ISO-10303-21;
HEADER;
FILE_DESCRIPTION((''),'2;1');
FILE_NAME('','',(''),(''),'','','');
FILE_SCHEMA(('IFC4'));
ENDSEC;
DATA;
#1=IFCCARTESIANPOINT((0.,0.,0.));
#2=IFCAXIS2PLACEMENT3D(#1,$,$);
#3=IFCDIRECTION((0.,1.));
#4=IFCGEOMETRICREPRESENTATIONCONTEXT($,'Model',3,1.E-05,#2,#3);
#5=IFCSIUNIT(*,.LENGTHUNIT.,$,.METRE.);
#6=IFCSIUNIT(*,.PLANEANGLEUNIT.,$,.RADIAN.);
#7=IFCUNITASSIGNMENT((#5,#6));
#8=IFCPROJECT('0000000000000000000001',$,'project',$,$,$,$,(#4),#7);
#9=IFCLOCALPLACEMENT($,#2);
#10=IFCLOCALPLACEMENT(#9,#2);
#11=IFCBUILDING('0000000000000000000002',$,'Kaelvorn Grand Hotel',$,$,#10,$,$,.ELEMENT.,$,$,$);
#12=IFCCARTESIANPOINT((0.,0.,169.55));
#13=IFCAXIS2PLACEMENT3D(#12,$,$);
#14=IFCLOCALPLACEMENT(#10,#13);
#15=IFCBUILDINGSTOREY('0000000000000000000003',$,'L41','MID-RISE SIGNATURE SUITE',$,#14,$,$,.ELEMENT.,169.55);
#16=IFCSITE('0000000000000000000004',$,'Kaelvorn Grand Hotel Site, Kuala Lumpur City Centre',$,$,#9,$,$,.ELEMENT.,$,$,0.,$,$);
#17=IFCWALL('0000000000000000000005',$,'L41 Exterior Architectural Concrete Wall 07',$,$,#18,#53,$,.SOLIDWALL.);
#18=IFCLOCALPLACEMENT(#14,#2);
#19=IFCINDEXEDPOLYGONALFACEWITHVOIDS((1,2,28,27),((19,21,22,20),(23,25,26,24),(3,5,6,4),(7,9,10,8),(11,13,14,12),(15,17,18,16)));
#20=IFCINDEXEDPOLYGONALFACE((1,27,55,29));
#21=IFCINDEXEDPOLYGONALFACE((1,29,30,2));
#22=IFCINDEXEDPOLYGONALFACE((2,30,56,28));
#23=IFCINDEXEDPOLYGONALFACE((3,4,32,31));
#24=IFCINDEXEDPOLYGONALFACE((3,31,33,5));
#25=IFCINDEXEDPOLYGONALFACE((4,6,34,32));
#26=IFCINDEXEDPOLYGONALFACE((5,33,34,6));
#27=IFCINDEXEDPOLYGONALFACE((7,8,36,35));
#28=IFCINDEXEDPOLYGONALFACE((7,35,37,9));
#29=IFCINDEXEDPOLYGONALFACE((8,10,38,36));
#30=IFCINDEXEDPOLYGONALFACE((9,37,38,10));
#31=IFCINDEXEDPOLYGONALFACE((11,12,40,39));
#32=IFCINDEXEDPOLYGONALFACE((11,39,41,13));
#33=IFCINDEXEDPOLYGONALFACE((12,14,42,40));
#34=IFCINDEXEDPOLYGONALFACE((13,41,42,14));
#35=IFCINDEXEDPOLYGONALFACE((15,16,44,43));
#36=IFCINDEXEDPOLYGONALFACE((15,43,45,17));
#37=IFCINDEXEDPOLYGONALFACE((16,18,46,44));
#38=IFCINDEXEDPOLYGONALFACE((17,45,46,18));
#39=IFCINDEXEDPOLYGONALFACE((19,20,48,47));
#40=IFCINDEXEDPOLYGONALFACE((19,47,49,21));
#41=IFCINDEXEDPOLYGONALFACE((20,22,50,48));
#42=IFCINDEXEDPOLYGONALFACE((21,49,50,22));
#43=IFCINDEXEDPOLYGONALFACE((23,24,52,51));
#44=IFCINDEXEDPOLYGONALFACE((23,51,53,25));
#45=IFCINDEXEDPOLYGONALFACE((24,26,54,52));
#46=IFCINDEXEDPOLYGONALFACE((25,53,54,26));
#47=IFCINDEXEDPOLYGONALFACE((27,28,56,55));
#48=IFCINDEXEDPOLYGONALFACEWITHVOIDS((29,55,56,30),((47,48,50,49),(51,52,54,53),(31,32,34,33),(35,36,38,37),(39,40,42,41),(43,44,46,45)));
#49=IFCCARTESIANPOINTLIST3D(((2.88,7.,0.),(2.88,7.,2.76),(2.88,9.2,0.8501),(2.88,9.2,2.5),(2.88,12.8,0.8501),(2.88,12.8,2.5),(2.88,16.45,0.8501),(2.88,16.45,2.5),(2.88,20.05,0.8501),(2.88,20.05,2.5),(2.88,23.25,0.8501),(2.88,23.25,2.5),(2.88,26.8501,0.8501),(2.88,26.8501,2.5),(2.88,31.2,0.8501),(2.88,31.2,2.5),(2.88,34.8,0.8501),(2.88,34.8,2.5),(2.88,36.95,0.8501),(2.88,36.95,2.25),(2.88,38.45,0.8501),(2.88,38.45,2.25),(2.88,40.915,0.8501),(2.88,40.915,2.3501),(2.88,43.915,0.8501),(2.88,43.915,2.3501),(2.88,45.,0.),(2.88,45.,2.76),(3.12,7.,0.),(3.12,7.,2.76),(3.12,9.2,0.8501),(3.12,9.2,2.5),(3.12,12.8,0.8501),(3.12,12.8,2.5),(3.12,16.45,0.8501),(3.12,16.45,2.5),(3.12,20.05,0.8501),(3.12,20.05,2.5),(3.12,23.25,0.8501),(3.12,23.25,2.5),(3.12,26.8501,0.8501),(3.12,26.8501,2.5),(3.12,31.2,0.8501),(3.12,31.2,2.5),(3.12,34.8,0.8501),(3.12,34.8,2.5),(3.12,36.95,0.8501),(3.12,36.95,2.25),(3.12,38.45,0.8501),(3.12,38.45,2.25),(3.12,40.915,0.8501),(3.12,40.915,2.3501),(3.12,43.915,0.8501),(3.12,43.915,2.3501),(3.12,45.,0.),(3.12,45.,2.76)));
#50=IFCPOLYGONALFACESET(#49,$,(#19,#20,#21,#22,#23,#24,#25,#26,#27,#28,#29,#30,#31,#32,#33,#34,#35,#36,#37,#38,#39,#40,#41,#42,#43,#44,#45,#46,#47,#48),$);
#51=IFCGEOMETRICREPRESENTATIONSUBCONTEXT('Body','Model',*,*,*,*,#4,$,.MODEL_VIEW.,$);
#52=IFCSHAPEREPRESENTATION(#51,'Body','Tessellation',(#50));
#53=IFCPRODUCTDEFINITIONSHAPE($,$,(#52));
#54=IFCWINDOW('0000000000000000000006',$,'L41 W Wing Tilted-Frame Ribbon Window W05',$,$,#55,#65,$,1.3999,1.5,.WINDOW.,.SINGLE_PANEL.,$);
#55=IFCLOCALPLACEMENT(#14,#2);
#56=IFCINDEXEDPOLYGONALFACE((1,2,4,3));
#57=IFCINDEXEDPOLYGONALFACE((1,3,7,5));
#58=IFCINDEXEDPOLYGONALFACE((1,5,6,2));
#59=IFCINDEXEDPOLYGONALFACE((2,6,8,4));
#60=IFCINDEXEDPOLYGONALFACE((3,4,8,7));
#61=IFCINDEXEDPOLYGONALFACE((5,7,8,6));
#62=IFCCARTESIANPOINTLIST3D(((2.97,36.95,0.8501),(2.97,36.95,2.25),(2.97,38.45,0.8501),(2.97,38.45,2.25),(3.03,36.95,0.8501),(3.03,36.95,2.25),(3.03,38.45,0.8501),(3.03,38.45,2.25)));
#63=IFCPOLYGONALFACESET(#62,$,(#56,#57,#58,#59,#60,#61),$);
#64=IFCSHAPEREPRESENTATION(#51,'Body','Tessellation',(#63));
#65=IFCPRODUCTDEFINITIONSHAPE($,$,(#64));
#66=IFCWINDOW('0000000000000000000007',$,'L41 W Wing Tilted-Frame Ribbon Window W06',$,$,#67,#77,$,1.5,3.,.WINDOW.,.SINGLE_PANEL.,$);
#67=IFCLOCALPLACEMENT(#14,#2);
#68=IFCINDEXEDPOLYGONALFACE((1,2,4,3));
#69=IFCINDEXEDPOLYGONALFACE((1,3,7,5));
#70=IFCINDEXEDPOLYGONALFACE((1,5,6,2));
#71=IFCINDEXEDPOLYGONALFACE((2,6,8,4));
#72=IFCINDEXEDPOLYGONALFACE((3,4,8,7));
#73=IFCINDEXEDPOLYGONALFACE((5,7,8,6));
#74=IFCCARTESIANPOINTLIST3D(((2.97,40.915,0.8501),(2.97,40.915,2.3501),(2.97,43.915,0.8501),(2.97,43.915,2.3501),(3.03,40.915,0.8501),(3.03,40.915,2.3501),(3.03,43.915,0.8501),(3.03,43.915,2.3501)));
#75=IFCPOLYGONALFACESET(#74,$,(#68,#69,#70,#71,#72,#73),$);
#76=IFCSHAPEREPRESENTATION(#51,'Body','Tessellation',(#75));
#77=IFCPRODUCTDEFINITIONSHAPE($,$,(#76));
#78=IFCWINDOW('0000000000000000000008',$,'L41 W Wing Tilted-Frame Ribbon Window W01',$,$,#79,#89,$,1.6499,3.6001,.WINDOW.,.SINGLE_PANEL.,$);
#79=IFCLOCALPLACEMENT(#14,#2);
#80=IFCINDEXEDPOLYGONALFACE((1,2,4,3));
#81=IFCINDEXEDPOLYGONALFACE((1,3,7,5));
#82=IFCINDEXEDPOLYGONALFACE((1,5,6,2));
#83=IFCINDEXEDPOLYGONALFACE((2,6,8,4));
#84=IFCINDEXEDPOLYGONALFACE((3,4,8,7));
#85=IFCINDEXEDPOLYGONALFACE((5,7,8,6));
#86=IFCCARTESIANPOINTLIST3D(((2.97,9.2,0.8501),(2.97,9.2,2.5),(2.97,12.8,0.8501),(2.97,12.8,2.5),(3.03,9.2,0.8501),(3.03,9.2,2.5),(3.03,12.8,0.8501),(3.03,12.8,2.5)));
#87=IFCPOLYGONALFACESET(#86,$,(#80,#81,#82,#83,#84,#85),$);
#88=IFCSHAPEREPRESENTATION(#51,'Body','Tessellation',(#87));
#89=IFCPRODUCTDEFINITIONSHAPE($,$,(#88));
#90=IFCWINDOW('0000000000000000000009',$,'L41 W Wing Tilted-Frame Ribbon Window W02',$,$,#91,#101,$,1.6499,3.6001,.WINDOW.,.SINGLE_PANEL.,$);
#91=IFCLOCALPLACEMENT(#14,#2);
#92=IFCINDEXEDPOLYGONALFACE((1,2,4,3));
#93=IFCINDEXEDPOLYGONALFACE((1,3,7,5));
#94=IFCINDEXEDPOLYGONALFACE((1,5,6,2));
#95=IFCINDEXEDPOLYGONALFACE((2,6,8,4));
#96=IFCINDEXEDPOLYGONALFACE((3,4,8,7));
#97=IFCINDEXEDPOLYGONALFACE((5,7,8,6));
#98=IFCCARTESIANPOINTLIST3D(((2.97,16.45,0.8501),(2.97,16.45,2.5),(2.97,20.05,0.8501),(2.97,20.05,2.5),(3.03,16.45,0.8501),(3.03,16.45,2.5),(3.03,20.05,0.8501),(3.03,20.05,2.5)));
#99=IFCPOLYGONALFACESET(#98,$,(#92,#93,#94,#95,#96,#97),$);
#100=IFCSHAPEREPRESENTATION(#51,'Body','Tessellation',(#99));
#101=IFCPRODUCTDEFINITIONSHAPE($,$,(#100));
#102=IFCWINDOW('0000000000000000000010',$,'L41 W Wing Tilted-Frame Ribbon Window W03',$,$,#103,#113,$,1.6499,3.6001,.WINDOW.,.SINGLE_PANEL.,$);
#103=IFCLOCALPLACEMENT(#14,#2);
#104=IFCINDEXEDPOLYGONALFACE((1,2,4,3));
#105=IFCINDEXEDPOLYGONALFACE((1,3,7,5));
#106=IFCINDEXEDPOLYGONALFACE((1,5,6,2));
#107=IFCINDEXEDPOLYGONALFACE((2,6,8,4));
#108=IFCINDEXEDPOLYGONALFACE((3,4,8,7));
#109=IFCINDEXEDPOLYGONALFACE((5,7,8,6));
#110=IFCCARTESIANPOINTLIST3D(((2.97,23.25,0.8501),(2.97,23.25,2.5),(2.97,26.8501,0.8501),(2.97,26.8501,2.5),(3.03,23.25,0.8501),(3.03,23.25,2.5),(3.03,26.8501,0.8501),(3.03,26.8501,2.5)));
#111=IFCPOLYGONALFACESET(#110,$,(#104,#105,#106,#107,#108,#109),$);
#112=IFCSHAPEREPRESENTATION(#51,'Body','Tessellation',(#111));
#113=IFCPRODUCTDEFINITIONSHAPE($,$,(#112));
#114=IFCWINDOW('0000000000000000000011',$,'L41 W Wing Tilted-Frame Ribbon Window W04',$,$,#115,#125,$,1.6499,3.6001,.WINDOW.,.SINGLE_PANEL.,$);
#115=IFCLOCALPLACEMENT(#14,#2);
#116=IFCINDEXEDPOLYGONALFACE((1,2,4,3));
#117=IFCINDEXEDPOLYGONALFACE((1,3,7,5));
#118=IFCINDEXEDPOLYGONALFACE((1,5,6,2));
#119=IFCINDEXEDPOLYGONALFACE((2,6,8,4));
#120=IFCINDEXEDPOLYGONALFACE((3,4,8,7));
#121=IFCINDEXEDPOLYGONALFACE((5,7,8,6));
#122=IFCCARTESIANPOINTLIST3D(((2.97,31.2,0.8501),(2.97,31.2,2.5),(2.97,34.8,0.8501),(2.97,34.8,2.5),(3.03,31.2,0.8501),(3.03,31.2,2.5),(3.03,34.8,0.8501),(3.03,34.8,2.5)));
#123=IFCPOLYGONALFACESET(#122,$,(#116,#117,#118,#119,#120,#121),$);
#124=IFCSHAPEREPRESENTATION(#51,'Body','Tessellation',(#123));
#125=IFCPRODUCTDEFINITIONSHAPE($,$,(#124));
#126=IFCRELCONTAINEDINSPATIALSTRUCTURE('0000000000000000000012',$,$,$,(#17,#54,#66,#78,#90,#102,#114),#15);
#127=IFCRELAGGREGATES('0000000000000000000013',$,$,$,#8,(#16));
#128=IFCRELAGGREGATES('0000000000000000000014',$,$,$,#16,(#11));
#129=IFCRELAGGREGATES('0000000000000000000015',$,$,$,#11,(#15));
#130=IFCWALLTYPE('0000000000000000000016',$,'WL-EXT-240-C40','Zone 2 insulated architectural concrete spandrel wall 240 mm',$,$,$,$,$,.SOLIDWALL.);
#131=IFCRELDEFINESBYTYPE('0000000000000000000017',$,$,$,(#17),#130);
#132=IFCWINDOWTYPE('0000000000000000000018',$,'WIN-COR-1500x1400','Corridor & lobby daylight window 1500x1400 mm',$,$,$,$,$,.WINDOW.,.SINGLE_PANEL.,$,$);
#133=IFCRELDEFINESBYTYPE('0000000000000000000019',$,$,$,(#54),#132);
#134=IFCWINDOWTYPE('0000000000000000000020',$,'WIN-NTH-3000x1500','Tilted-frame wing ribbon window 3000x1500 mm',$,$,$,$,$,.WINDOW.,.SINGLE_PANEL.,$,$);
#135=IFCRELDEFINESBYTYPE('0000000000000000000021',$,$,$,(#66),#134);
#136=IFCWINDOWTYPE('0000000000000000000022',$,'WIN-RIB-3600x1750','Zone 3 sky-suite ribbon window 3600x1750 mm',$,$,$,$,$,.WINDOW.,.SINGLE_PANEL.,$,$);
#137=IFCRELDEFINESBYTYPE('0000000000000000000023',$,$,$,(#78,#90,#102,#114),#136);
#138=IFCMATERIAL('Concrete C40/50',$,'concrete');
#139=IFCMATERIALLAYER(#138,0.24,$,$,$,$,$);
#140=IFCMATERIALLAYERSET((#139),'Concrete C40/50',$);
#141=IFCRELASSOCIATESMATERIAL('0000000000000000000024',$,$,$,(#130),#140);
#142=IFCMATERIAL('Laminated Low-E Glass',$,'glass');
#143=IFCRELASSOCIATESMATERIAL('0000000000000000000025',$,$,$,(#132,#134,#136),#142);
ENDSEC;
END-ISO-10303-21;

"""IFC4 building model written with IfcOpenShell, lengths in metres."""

from ifc_helpers import new_model, si_unit, direction, frame, frame_2d, origin, place, context, subcontext, project, spatial, rectangle, extrude, material, layer, layer_set, type_object, element, fill, save


model = new_model("IFC4")

# Units and contexts
model_context = context("Model", 3, precision=1e-05, world=origin(), true_north=direction((0.0, 1.0)))
body_context = subcontext(model_context, "Body", "Model", "MODEL_VIEW")
ifc_project = project(units=[si_unit("LENGTHUNIT", "METRE"), si_unit("PLANEANGLEUNIT", "RADIAN")], contexts=[model_context])

# Site, building, storey
site_placement = place(None, origin())
site = spatial("IfcSite", under=ifc_project, at=site_placement, Name="Kaelvorn Grand Hotel Site, Kuala Lumpur City Centre", CompositionType="ELEMENT", RefElevation=0.0)
building_placement = place(site_placement, origin())
building = spatial("IfcBuilding", under=site, at=building_placement, Name="Kaelvorn Grand Hotel", CompositionType="ELEMENT")
storey_placement = place(building_placement, frame((0.0, 0.0, 169.55)))
storey = spatial("IfcBuildingStorey", under=building, at=storey_placement, Name="L41", Description="MID-RISE SIGNATURE SUITE", CompositionType="ELEMENT", Elevation=169.55)

# Shared definitions
ifc_material_1 = material(Name="Concrete C40/50", Category="concrete")
ifc_layer_1 = layer(ifc_material_1, 0.24)
ifc_layer_set_1 = layer_set([ifc_layer_1], Name="Concrete C40/50")
wall_type = type_object("IfcWallType", Name="WL-EXT-240-C40", Description="Zone 2 insulated architectural concrete spandrel wall 240 mm", PredefinedType="SOLIDWALL", material=ifc_layer_set_1)
ifc_material_2 = material(Name="Laminated Low-E Glass", Category="glass")

# Wall, openings, windows
wall_1_placement = place(storey_placement, frame((3.0, 45.0, 0.0), z_axis=(0.0, 0.0, 1.0), x_axis=(0.0, -1.0, 0.0)))
wall_1 = element("IfcWall", 1, at=wall_1_placement, inside=storey, type_object=wall_type, Name="L41 Exterior Architectural Concrete Wall 07", PredefinedType="SOLIDWALL", context=body_context, shape_type="SweptSolid", body=[
    extrude(rectangle(XDim=38.0, YDim=0.24, at=frame_2d((19.0, 0.0))), origin(), (0.0, 0.0, 1.0), 2.76),
])
opening_1_placement = place(wall_1_placement, frame((32.2, 0.0, 0.8501)))
opening_1 = element("IfcOpeningElement", 2, at=opening_1_placement, cuts=wall_1, PredefinedType="OPENING", context=body_context, shape_type="SweptSolid", body=[
    extrude(rectangle(XDim=3.6001, YDim=1.6499, at=frame_2d((1.8, 0.825))), frame((0.0, 0.1299, 0.0), z_axis=(0.0, -1.0, 0.0), x_axis=(1.0, 0.0, 0.0)), (0.0, 0.0, 1.0), 0.26),
])
opening_2_placement = place(wall_1_placement, frame((24.95, 0.0, 0.8501)))
opening_2 = element("IfcOpeningElement", 3, at=opening_2_placement, cuts=wall_1, PredefinedType="OPENING", context=body_context, shape_type="SweptSolid", body=[
    extrude(rectangle(XDim=3.6001, YDim=1.6499, at=frame_2d((1.8, 0.825))), frame((0.0, 0.1299, 0.0), z_axis=(0.0, -1.0, 0.0), x_axis=(1.0, 0.0, 0.0)), (0.0, 0.0, 1.0), 0.26),
])
opening_3_placement = place(wall_1_placement, frame((18.1499, 0.0, 0.8501)))
opening_3 = element("IfcOpeningElement", 4, at=opening_3_placement, cuts=wall_1, PredefinedType="OPENING", context=body_context, shape_type="SweptSolid", body=[
    extrude(rectangle(XDim=3.6001, YDim=1.6499, at=frame_2d((1.8, 0.825))), frame((0.0, 0.1299, 0.0), z_axis=(0.0, -1.0, 0.0), x_axis=(1.0, 0.0, 0.0)), (0.0, 0.0, 1.0), 0.26),
])
opening_4_placement = place(wall_1_placement, frame((10.2, 0.0, 0.8501)))
opening_4 = element("IfcOpeningElement", 5, at=opening_4_placement, cuts=wall_1, PredefinedType="OPENING", context=body_context, shape_type="SweptSolid", body=[
    extrude(rectangle(XDim=3.6001, YDim=1.6499, at=frame_2d((1.8, 0.825))), frame((0.0, 0.1299, 0.0), z_axis=(0.0, -1.0, 0.0), x_axis=(1.0, 0.0, 0.0)), (0.0, 0.0, 1.0), 0.26),
])
opening_5_placement = place(wall_1_placement, frame((6.55, 0.0, 0.8501)))
opening_5 = element("IfcOpeningElement", 6, at=opening_5_placement, cuts=wall_1, PredefinedType="OPENING", context=body_context, shape_type="SweptSolid", body=[
    extrude(rectangle(XDim=1.5, YDim=1.3999, at=frame_2d((0.75, 0.7))), frame((0.0, 0.1299, 0.0), z_axis=(0.0, -1.0, 0.0), x_axis=(1.0, 0.0, 0.0)), (0.0, 0.0, 1.0), 0.26),
])
opening_6_placement = place(wall_1_placement, frame((1.085, 0.0, 0.8501)))
opening_6 = element("IfcOpeningElement", 7, at=opening_6_placement, cuts=wall_1, PredefinedType="OPENING", context=body_context, shape_type="SweptSolid", body=[
    extrude(rectangle(XDim=3.0, YDim=1.5, at=frame_2d((1.5, 0.75))), frame((0.0, 0.1299, 0.0), z_axis=(0.0, -1.0, 0.0), x_axis=(1.0, 0.0, 0.0)), (0.0, 0.0, 1.0), 0.26),
])
window_type_1 = type_object("IfcWindowType", Name="WIN-COR-1500x1400", Description="Corridor & lobby daylight window 1500x1400 mm", PartitioningType="SINGLE_PANEL", PredefinedType="WINDOW", material=ifc_material_2)
window_1_placement = place(opening_5_placement, origin())
window_1 = element("IfcWindow", 8, at=window_1_placement, inside=storey, type_object=window_type_1, Name="L41 W Wing Tilted-Frame Ribbon Window W05", OverallHeight=1.3999, OverallWidth=1.5, PartitioningType="SINGLE_PANEL", PredefinedType="WINDOW", context=body_context, shape_type="SweptSolid", body=[
    extrude(rectangle(XDim=1.5, YDim=1.3999, at=frame_2d((0.75, 0.7))), frame((0.0, 0.03, 0.0), z_axis=(0.0, -1.0, 0.0), x_axis=(1.0, 0.0, 0.0)), (0.0, 0.0, 1.0), 0.0601),
])
fill(opening_5, window_1)
window_type_2 = type_object("IfcWindowType", Name="WIN-NTH-3000x1500", Description="Tilted-frame wing ribbon window 3000x1500 mm", PartitioningType="SINGLE_PANEL", PredefinedType="WINDOW", material=ifc_material_2)
window_2_placement = place(opening_6_placement, origin())
window_2 = element("IfcWindow", 9, at=window_2_placement, inside=storey, type_object=window_type_2, Name="L41 W Wing Tilted-Frame Ribbon Window W06", OverallHeight=1.5, OverallWidth=3.0, PartitioningType="SINGLE_PANEL", PredefinedType="WINDOW", context=body_context, shape_type="SweptSolid", body=[
    extrude(rectangle(XDim=3.0, YDim=1.5, at=frame_2d((1.5, 0.75))), frame((0.0, 0.03, 0.0), z_axis=(0.0, -1.0, 0.0), x_axis=(1.0, 0.0, 0.0)), (0.0, 0.0, 1.0), 0.0601),
])
fill(opening_6, window_2)
window_type_3 = type_object("IfcWindowType", Name="WIN-RIB-3600x1750", Description="Zone 3 sky-suite ribbon window 3600x1750 mm", PartitioningType="SINGLE_PANEL", PredefinedType="WINDOW", material=ifc_material_2)
window_3_placement = place(opening_1_placement, origin())
window_3 = element("IfcWindow", 10, at=window_3_placement, inside=storey, type_object=window_type_3, Name="L41 W Wing Tilted-Frame Ribbon Window W01", OverallHeight=1.6499, OverallWidth=3.6001, PartitioningType="SINGLE_PANEL", PredefinedType="WINDOW", context=body_context, shape_type="SweptSolid", body=[
    extrude(rectangle(XDim=3.6001, YDim=1.6499, at=frame_2d((1.8, 0.825))), frame((0.0, 0.03, 0.0), z_axis=(0.0, -1.0, 0.0), x_axis=(1.0, 0.0, 0.0)), (0.0, 0.0, 1.0), 0.0601),
])
fill(opening_1, window_3)
window_4_placement = place(opening_2_placement, origin())
window_4 = element("IfcWindow", 11, at=window_4_placement, inside=storey, type_object=window_type_3, Name="L41 W Wing Tilted-Frame Ribbon Window W02", OverallHeight=1.6499, OverallWidth=3.6001, PartitioningType="SINGLE_PANEL", PredefinedType="WINDOW", context=body_context, shape_type="SweptSolid", body=[
    extrude(rectangle(XDim=3.6001, YDim=1.6499, at=frame_2d((1.8, 0.825))), frame((0.0, 0.03, 0.0), z_axis=(0.0, -1.0, 0.0), x_axis=(1.0, 0.0, 0.0)), (0.0, 0.0, 1.0), 0.0601),
])
fill(opening_2, window_4)
window_5_placement = place(opening_3_placement, origin())
window_5 = element("IfcWindow", 12, at=window_5_placement, inside=storey, type_object=window_type_3, Name="L41 W Wing Tilted-Frame Ribbon Window W03", OverallHeight=1.6499, OverallWidth=3.6001, PartitioningType="SINGLE_PANEL", PredefinedType="WINDOW", context=body_context, shape_type="SweptSolid", body=[
    extrude(rectangle(XDim=3.6001, YDim=1.6499, at=frame_2d((1.8, 0.825))), frame((0.0, 0.03, 0.0), z_axis=(0.0, -1.0, 0.0), x_axis=(1.0, 0.0, 0.0)), (0.0, 0.0, 1.0), 0.0601),
])
fill(opening_3, window_5)
window_6_placement = place(opening_4_placement, origin())
window_6 = element("IfcWindow", 13, at=window_6_placement, inside=storey, type_object=window_type_3, Name="L41 W Wing Tilted-Frame Ribbon Window W04", OverallHeight=1.6499, OverallWidth=3.6001, PartitioningType="SINGLE_PANEL", PredefinedType="WINDOW", context=body_context, shape_type="SweptSolid", body=[
    extrude(rectangle(XDim=3.6001, YDim=1.6499, at=frame_2d((1.8, 0.825))), frame((0.0, 0.03, 0.0), z_axis=(0.0, -1.0, 0.0), x_axis=(1.0, 0.0, 0.0)), (0.0, 0.0, 1.0), 0.0601),
])
fill(opening_4, window_6)

save(model, "model.ifc")
